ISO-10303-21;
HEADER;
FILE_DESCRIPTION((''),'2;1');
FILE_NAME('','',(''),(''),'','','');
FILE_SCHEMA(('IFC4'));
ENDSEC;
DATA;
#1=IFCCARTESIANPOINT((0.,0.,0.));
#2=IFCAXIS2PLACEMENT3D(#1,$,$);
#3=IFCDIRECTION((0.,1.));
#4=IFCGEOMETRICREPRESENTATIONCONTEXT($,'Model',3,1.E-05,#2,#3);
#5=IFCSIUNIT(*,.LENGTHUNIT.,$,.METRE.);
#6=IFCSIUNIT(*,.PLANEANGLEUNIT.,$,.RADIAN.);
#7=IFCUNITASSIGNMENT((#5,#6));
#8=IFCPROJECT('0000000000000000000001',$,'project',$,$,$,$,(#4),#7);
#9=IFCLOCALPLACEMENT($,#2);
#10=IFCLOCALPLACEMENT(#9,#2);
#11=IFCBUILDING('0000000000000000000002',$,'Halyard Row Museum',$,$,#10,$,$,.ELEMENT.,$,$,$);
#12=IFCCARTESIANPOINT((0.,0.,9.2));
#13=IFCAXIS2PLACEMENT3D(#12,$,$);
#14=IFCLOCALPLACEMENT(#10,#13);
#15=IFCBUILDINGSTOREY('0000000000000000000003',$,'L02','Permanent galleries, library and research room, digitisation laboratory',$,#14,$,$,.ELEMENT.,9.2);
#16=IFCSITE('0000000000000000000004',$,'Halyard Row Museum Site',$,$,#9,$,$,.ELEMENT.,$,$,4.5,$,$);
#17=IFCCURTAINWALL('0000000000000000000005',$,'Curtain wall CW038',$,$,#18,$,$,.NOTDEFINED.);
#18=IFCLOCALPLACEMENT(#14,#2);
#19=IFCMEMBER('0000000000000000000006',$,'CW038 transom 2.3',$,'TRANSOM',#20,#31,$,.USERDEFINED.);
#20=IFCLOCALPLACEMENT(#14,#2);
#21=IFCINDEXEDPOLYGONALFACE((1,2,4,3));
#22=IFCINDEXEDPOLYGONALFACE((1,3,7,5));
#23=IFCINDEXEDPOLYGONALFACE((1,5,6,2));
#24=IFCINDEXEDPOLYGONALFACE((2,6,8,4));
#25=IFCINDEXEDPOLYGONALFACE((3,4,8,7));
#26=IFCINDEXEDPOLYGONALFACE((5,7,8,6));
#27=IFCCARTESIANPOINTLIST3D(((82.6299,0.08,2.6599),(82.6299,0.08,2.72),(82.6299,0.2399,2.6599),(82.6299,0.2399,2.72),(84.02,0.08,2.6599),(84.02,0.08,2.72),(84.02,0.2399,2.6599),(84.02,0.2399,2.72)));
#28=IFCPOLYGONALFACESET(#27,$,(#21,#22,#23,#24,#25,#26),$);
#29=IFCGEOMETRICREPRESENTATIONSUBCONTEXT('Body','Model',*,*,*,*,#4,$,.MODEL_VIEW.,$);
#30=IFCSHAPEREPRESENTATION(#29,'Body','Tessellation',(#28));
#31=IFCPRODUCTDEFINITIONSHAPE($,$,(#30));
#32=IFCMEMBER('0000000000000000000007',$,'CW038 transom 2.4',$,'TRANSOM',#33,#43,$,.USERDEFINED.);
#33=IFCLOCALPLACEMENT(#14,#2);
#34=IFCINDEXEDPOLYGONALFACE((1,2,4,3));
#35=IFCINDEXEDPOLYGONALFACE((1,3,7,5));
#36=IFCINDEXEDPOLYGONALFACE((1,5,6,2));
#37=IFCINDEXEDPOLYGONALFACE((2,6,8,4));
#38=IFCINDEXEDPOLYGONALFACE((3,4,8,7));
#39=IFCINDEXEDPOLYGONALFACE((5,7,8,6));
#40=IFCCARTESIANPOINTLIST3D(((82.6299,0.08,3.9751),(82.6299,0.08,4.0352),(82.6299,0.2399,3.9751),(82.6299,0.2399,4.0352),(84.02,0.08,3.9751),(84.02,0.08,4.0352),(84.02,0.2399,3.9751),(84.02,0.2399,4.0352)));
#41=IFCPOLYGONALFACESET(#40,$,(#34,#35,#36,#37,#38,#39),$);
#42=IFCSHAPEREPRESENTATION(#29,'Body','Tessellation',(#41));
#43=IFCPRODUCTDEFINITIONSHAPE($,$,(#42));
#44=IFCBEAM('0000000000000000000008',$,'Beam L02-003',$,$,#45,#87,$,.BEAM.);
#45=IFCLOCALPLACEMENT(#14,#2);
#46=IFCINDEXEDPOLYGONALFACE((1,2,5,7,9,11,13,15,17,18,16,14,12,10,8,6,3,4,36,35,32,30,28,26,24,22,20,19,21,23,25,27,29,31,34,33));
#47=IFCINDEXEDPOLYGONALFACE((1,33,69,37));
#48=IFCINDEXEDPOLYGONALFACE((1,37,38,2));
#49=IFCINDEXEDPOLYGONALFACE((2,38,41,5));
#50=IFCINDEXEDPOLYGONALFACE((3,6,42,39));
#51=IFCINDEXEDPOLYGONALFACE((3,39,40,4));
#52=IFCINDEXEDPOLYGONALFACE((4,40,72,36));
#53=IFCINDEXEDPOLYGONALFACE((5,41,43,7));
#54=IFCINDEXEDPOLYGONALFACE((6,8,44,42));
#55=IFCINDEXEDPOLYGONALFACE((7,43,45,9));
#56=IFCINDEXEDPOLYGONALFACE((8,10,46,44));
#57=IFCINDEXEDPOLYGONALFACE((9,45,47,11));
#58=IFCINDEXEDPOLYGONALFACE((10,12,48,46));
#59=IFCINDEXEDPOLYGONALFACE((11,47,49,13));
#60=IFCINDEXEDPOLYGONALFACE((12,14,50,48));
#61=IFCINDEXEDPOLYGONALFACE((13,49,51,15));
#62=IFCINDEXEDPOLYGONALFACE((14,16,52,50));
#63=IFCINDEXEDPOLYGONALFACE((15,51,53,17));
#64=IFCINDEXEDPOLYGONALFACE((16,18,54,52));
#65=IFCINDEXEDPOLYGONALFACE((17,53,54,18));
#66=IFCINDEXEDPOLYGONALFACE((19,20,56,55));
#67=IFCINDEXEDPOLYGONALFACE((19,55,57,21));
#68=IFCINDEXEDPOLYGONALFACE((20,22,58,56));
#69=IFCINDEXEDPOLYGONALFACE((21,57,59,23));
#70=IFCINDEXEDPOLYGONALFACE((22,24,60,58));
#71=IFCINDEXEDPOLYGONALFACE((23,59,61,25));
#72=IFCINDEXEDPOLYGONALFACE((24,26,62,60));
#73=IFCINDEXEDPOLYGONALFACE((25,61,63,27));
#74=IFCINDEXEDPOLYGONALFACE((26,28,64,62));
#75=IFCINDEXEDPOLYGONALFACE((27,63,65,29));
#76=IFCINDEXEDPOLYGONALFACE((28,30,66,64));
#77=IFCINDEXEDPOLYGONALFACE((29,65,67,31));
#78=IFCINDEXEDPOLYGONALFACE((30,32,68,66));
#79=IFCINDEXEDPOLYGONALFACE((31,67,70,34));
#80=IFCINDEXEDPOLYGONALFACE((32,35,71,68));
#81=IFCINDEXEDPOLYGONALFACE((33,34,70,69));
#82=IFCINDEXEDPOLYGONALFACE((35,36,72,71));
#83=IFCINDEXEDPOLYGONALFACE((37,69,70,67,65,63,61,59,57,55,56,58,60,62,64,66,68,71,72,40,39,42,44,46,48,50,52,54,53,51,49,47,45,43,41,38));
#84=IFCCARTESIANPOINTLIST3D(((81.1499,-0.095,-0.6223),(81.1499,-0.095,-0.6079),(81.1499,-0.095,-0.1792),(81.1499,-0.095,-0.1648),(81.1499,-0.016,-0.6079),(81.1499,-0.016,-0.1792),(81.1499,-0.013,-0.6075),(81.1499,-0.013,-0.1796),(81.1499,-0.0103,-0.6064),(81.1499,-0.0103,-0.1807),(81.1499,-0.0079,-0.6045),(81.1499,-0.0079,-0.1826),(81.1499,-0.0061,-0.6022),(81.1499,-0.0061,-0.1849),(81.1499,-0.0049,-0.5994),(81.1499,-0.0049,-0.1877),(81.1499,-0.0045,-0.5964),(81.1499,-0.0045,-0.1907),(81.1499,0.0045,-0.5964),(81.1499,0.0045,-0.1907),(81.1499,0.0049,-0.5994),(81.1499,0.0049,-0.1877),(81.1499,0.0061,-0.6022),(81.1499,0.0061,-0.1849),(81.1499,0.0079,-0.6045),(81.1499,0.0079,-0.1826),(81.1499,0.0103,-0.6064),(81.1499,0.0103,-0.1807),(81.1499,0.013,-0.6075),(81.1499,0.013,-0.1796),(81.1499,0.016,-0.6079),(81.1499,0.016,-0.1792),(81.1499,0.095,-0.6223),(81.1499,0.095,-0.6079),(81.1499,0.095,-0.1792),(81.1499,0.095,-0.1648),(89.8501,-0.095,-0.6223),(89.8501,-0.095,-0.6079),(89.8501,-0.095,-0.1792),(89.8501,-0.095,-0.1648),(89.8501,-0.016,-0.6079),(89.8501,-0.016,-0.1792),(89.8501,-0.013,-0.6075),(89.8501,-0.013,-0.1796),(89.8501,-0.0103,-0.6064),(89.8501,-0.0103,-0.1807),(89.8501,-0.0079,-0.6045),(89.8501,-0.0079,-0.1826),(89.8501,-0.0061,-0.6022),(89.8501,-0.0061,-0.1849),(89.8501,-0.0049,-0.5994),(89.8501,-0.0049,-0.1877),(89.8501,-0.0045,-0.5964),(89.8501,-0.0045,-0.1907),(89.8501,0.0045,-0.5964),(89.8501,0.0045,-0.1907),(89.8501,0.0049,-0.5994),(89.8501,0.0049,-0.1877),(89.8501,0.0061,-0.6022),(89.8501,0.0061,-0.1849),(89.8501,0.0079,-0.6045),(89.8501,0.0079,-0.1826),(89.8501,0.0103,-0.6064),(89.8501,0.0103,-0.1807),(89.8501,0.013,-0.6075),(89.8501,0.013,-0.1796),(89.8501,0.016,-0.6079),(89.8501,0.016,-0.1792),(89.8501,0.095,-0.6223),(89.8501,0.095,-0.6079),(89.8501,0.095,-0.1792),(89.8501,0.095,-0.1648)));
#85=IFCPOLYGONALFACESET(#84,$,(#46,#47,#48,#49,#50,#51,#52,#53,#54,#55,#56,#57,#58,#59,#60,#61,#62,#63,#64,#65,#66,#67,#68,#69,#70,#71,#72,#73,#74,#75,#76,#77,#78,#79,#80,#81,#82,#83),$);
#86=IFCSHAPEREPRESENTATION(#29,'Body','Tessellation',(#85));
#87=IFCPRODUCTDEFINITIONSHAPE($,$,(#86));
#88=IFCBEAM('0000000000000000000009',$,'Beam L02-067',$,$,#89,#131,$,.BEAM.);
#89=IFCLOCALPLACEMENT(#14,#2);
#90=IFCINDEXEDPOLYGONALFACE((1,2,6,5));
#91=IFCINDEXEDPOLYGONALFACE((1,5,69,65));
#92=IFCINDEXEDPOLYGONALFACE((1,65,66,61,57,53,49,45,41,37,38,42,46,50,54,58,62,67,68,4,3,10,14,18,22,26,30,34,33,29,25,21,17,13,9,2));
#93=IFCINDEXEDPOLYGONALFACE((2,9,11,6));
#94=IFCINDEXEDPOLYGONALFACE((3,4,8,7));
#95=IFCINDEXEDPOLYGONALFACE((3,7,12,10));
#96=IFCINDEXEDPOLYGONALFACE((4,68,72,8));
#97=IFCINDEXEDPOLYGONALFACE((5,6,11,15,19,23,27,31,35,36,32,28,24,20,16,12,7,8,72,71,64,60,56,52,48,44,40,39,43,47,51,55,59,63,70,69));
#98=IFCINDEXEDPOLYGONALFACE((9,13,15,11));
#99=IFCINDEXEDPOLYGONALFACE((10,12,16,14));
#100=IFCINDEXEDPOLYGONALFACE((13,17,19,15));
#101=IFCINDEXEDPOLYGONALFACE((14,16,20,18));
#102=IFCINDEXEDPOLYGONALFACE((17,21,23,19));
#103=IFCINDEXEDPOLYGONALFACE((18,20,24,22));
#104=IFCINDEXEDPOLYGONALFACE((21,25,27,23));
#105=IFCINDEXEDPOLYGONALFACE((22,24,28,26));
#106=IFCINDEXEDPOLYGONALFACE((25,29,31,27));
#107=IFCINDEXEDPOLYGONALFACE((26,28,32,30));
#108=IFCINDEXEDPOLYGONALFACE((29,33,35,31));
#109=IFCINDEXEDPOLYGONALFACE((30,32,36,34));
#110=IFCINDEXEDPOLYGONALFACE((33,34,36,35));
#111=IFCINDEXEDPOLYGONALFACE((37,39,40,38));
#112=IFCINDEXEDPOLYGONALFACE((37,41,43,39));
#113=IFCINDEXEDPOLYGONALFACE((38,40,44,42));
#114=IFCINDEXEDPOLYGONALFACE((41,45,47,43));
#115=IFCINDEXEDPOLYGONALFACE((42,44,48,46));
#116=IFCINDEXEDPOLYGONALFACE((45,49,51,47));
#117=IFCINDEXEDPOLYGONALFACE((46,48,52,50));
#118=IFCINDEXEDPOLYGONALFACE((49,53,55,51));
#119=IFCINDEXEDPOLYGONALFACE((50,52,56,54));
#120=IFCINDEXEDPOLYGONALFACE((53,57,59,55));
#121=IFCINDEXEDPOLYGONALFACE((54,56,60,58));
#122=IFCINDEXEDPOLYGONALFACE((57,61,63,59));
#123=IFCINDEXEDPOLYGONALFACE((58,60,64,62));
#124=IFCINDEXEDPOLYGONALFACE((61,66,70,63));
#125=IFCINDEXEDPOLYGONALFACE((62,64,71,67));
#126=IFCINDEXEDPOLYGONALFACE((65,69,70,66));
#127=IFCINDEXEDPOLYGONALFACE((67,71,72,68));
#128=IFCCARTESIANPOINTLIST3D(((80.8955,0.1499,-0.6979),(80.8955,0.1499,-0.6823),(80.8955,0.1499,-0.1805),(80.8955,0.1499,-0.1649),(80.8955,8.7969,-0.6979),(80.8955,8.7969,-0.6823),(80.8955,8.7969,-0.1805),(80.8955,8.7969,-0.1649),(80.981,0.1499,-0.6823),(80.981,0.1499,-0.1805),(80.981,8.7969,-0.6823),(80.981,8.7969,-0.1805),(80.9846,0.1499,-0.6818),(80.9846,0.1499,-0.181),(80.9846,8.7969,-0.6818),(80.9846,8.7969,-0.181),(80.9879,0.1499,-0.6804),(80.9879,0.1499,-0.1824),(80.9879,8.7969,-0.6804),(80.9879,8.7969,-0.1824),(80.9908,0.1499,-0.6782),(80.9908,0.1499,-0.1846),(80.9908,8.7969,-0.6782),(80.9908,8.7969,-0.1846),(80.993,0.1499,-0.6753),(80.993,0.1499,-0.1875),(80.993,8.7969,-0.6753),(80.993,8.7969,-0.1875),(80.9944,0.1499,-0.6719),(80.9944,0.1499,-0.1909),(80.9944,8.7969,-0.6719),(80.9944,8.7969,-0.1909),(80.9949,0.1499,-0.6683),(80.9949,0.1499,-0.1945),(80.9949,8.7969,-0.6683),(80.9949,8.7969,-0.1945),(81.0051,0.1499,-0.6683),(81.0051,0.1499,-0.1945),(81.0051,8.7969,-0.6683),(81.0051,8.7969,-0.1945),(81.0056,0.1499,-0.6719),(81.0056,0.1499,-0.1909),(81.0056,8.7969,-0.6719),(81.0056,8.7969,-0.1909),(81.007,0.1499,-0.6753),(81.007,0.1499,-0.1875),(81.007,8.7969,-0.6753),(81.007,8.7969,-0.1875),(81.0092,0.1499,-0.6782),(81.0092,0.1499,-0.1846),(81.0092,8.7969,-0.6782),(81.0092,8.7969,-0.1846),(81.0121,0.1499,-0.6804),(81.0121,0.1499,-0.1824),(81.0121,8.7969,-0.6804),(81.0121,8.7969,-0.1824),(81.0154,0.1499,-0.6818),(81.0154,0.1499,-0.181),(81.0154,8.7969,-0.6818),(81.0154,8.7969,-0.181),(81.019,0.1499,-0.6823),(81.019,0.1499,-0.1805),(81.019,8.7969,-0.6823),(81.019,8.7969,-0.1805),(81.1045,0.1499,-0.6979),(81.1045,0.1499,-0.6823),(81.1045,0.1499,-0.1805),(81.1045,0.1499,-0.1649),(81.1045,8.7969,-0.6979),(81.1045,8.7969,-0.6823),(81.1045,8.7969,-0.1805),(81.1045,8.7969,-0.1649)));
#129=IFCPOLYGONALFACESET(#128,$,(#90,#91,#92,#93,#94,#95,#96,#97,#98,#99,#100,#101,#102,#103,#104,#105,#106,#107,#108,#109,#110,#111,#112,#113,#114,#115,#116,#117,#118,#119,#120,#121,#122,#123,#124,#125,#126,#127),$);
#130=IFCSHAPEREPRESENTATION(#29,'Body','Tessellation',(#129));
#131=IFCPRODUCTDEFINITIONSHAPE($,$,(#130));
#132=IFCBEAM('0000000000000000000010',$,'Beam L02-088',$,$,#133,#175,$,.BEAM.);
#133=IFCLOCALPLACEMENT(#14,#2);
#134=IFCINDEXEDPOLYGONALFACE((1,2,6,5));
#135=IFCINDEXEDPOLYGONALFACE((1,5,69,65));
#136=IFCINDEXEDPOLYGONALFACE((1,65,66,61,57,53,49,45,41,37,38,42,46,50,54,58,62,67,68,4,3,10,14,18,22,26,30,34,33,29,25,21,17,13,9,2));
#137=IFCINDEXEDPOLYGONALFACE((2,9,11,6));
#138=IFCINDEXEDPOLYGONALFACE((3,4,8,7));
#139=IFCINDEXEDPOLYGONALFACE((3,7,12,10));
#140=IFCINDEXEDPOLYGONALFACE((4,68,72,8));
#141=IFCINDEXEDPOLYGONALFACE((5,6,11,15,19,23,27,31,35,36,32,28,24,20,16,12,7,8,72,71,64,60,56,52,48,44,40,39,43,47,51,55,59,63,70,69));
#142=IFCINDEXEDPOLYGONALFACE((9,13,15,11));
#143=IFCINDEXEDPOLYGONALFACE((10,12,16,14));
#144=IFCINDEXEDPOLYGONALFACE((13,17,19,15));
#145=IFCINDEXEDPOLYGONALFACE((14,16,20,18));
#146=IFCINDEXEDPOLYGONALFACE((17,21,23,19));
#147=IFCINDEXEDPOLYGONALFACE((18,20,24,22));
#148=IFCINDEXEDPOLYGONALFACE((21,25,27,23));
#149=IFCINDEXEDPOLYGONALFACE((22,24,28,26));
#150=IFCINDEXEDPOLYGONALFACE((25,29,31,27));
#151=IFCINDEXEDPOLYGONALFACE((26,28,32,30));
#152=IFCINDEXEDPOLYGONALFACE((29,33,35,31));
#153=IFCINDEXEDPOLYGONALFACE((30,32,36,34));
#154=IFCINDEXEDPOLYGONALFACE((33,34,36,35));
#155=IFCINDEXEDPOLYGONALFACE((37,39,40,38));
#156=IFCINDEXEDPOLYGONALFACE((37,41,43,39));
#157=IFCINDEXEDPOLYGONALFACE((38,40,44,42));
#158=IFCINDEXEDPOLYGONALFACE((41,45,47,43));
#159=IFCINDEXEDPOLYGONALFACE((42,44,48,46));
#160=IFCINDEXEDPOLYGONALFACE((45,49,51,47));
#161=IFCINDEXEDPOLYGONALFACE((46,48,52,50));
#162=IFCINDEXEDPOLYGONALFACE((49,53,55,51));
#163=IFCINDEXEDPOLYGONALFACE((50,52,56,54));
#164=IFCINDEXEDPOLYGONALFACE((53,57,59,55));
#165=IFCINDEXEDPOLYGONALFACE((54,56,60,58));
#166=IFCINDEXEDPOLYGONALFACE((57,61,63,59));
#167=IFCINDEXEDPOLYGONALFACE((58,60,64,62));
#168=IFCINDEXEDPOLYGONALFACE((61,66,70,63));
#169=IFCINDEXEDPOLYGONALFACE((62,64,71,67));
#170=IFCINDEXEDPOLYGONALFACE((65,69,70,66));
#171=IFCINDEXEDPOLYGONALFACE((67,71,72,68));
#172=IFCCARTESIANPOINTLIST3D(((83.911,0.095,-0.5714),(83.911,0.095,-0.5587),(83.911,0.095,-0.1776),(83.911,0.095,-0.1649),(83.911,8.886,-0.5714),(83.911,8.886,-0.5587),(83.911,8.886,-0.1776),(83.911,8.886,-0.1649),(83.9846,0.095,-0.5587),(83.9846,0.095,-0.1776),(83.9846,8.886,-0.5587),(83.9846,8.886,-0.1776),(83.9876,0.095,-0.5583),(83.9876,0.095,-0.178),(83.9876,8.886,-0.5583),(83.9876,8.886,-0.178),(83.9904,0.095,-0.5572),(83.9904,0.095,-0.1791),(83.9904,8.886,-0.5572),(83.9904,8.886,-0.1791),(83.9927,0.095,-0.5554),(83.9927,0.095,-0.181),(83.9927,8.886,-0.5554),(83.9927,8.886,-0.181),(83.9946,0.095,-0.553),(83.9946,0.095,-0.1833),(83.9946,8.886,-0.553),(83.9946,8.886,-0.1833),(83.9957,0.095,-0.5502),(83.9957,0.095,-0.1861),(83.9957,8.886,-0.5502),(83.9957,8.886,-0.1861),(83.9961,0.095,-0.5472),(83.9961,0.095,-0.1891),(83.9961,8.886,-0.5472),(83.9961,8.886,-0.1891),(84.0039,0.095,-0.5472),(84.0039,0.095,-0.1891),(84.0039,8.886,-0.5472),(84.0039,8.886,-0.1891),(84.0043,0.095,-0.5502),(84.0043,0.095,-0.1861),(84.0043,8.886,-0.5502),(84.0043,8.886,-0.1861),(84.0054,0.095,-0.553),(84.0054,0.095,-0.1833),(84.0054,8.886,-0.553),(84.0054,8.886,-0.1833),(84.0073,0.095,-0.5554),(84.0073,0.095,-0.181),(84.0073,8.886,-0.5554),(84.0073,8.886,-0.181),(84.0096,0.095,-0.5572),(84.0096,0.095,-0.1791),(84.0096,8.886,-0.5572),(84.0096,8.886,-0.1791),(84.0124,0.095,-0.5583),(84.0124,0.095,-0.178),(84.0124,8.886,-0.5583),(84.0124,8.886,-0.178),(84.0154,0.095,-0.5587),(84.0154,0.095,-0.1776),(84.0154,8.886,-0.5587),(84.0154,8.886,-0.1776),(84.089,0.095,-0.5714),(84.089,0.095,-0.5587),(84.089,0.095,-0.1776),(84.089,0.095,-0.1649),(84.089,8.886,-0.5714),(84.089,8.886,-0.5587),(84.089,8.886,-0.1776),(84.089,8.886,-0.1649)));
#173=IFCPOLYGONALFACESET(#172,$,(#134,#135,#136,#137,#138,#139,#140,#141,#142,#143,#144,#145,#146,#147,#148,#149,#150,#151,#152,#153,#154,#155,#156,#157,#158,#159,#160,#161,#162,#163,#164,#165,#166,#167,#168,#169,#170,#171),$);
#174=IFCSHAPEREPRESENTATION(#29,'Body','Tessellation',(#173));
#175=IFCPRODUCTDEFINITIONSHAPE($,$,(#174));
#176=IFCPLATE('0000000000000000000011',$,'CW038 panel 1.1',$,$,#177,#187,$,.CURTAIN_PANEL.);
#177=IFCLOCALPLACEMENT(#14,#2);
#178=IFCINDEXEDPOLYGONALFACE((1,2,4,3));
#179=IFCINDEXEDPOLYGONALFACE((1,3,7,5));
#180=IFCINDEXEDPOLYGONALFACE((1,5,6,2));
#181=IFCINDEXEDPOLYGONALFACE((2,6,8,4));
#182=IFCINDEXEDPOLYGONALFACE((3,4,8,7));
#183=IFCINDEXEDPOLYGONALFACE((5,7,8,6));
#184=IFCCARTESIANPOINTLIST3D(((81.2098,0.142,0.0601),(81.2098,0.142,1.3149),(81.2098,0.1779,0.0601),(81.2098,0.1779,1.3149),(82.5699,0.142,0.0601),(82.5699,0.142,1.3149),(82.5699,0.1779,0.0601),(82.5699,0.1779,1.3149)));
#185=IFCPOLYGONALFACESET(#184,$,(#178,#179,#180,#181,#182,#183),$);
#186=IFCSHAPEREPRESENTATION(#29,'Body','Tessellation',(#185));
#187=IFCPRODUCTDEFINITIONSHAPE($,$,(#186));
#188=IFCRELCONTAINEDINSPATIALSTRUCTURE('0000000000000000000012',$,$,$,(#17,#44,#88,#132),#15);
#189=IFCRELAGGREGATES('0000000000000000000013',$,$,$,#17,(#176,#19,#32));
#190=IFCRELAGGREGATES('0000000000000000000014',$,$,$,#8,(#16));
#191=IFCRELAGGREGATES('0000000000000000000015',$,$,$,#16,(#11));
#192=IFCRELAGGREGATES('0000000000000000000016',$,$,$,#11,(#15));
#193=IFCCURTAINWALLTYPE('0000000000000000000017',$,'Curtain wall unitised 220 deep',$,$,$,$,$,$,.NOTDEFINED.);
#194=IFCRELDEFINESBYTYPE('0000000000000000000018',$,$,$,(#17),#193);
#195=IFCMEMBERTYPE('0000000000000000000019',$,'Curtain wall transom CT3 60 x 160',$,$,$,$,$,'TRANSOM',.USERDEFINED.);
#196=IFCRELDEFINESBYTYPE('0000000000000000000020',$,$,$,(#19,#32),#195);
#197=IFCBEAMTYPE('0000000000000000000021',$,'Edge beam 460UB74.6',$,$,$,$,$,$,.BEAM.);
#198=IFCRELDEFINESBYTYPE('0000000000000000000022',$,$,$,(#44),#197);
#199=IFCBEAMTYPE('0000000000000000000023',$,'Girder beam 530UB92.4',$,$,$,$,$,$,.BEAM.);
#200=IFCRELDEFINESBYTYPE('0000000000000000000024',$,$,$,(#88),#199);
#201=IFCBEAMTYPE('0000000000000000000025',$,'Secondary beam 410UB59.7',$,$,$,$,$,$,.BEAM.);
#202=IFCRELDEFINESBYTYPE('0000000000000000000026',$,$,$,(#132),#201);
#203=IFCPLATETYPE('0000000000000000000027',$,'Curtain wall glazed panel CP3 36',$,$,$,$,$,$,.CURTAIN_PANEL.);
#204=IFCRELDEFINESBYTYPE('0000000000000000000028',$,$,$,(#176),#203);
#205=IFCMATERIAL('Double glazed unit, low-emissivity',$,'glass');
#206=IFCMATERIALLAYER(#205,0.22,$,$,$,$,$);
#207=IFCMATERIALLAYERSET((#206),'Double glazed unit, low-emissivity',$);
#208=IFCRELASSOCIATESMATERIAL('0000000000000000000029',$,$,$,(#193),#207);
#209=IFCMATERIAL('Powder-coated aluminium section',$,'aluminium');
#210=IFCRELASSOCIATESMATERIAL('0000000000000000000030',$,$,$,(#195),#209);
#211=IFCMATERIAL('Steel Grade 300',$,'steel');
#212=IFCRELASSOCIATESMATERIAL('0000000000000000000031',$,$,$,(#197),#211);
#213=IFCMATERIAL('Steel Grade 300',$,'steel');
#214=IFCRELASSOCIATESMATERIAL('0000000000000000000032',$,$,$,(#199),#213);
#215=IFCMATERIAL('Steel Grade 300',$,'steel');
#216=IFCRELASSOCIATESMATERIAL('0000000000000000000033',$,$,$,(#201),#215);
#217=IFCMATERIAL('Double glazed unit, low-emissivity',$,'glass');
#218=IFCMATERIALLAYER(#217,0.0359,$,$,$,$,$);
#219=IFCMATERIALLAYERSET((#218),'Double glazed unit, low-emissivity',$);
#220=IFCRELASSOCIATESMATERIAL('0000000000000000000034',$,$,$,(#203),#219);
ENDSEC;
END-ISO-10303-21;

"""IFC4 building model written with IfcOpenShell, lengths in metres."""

from ifc_helpers import new_model, si_unit, direction, frame, origin, origin_2d, place, context, subcontext, project, spatial, rectangle, i_section, extrude, material, layer, layer_set, material_profile, profile_set, type_object, element, aggregate, save


model = new_model("IFC4")

# Units and contexts
model_context = context("Model", 3, precision=1e-05, world=origin(), true_north=direction((0.0, 1.0)))
body_context = subcontext(model_context, "Body", "Model", "MODEL_VIEW")
ifc_project = project(units=[si_unit("LENGTHUNIT", "METRE"), si_unit("PLANEANGLEUNIT", "RADIAN")], contexts=[model_context])

# Site, building, storey
site_placement = place(None, origin())
site = spatial("IfcSite", under=ifc_project, at=site_placement, Name="Halyard Row Museum Site", CompositionType="ELEMENT", RefElevation=4.5)
building_placement = place(site_placement, origin())
building = spatial("IfcBuilding", under=site, at=building_placement, Name="Halyard Row Museum", CompositionType="ELEMENT")
storey_placement = place(building_placement, frame((0.0, 0.0, 9.2)))
storey = spatial("IfcBuildingStorey", under=building, at=storey_placement, Name="L02", Description="Permanent galleries, library and research room, digitisation laboratory", CompositionType="ELEMENT", Elevation=9.2)

# Shared definitions
ifc_material_1 = material(Name="Double glazed unit, low-emissivity", Category="glass")
ifc_layer_1 = layer(ifc_material_1, 0.22)
ifc_layer_set_1 = layer_set([ifc_layer_1], Name="Double glazed unit, low-emissivity")
curtain_wall_type = type_object("IfcCurtainWallType", Name="Curtain wall unitised 220 deep", PredefinedType="NOTDEFINED", material=ifc_layer_set_1)

# Curtain wall, members
curtain_wall_1_placement = place(storey_placement, origin())
curtain_wall_1 = element("IfcCurtainWall", 1, at=curtain_wall_1_placement, inside=storey, type_object=curtain_wall_type, Name="Curtain wall CW038", PredefinedType="NOTDEFINED")
ifc_material_2 = material(Name="Powder-coated aluminium section", Category="aluminium")
ifc_material_profile_1 = material_profile(ifc_material_2, rectangle(XDim=0.1599, YDim=0.0601, at=origin_2d()), Name="160x60 transom")
ifc_profile_set_1 = profile_set([ifc_material_profile_1], Name="Powder-coated aluminium section")
member_type_1 = type_object("IfcMemberType", Name="Curtain wall transom CT3 60 x 160", ElementType="TRANSOM", PredefinedType="USERDEFINED", material=ifc_profile_set_1)
member_1_placement = place(storey_placement, frame((82.6299, 0.1599, 2.6899), z_axis=(1.0, 0.0, 0.0), x_axis=(0.0, 1.0, 0.0)))
member_1 = element("IfcMember", 2, at=member_1_placement, type_object=member_type_1, Name="CW038 transom 2.3", ObjectType="TRANSOM", PredefinedType="USERDEFINED", context=body_context, shape_type="SweptSolid", body=[
    extrude(rectangle(XDim=0.1599, YDim=0.0601, at=origin_2d()), origin(), (0.0, 0.0, 1.0), 1.3901),
])
member_2_placement = place(storey_placement, frame((82.6299, 0.1599, 4.0051), z_axis=(1.0, 0.0, 0.0), x_axis=(0.0, 1.0, 0.0)))
member_2 = element("IfcMember", 3, at=member_2_placement, type_object=member_type_1, Name="CW038 transom 2.4", ObjectType="TRANSOM", PredefinedType="USERDEFINED", context=body_context, shape_type="SweptSolid", body=[
    extrude(rectangle(XDim=0.1599, YDim=0.0601, at=origin_2d()), origin(), (0.0, 0.0, 1.0), 1.3901),
])

# Beams
ifc_material_3 = material(Name="Steel Grade 300", Category="steel")
ifc_material_profile_2 = material_profile(ifc_material_3, i_section(OverallWidth=0.1899, OverallDepth=0.4575, WebThickness=0.009, FlangeThickness=0.0144, FilletRadius=0.0115, at=origin_2d()), Name="460UB74.6")
ifc_profile_set_2 = profile_set([ifc_material_profile_2], Name="Steel Grade 300")
beam_type_1 = type_object("IfcBeamType", Name="Edge beam 460UB74.6", PredefinedType="BEAM", material=ifc_profile_set_2)
beam_1_placement = place(storey_placement, frame((81.1499, 0.0, -0.3936), z_axis=(1.0, 0.0, 0.0), x_axis=(0.0, 1.0, 0.0)))
element("IfcBeam", 4, at=beam_1_placement, inside=storey, type_object=beam_type_1, Name="Beam L02-003", PredefinedType="BEAM", context=body_context, shape_type="SweptSolid", body=[
    extrude(i_section(OverallWidth=0.1899, OverallDepth=0.4575, WebThickness=0.009, FlangeThickness=0.0144, FilletRadius=0.0115, at=origin_2d()), origin(), (0.0, 0.0, 1.0), 8.7002),
])
ifc_material_4 = material(Name="Steel Grade 300", Category="steel")
ifc_material_profile_3 = material_profile(ifc_material_4, i_section(OverallWidth=0.209, OverallDepth=0.533, WebThickness=0.0103, FlangeThickness=0.0156, FilletRadius=0.0139, at=origin_2d()), Name="530UB92.4")
ifc_profile_set_3 = profile_set([ifc_material_profile_3], Name="Steel Grade 300")
beam_type_2 = type_object("IfcBeamType", Name="Girder beam 530UB92.4", PredefinedType="BEAM", material=ifc_profile_set_3)
beam_2_placement = place(storey_placement, frame((81.0, 0.1499, -0.4314), z_axis=(0.0, 1.0, 0.0), x_axis=(-1.0, 0.0, 0.0)))
element("IfcBeam", 5, at=beam_2_placement, inside=storey, type_object=beam_type_2, Name="Beam L02-067", PredefinedType="BEAM", context=body_context, shape_type="SweptSolid", body=[
    extrude(i_section(OverallWidth=0.209, OverallDepth=0.533, WebThickness=0.0103, FlangeThickness=0.0156, FilletRadius=0.0139, at=origin_2d()), origin(), (0.0, 0.0, 1.0), 8.647),
])
ifc_material_5 = material(Name="Steel Grade 300", Category="steel")
ifc_material_profile_4 = material_profile(ifc_material_5, i_section(OverallWidth=0.178, OverallDepth=0.4065, WebThickness=0.0078, FlangeThickness=0.0127, FilletRadius=0.0115, at=origin_2d()), Name="410UB59.7")
ifc_profile_set_4 = profile_set([ifc_material_profile_4], Name="Steel Grade 300")
beam_type_3 = type_object("IfcBeamType", Name="Secondary beam 410UB59.7", PredefinedType="BEAM", material=ifc_profile_set_4)
beam_3_placement = place(storey_placement, frame((84.0, 0.095, -0.3682), z_axis=(0.0, 1.0, 0.0), x_axis=(-1.0, 0.0, 0.0)))
element("IfcBeam", 6, at=beam_3_placement, inside=storey, type_object=beam_type_3, Name="Beam L02-088", PredefinedType="BEAM", context=body_context, shape_type="SweptSolid", body=[
    extrude(i_section(OverallWidth=0.178, OverallDepth=0.4065, WebThickness=0.0078, FlangeThickness=0.0127, FilletRadius=0.0115, at=origin_2d()), origin(), (0.0, 0.0, 1.0), 8.791),
])

# Plate
ifc_material_6 = material(Name="Double glazed unit, low-emissivity", Category="glass")
ifc_layer_2 = layer(ifc_material_6, 0.0359)
ifc_layer_set_2 = layer_set([ifc_layer_2], Name="Double glazed unit, low-emissivity")
plate_type = type_object("IfcPlateType", Name="Curtain wall glazed panel CP3 36", PredefinedType="CURTAIN_PANEL", material=ifc_layer_set_2)
plate_1_placement = place(storey_placement, frame((81.8899, 0.1599, 0.0601), z_axis=(0.0, 0.0, 1.0), x_axis=(1.0, 0.0, 0.0)))
plate_1 = element("IfcPlate", 7, at=plate_1_placement, type_object=plate_type, Name="CW038 panel 1.1", PredefinedType="CURTAIN_PANEL", context=body_context, shape_type="SweptSolid", body=[
    extrude(rectangle(XDim=1.3601, YDim=0.0359, at=origin_2d()), origin(), (0.0, 0.0, 1.0), 1.2549),
])
aggregate(curtain_wall_1, [plate_1, member_1, member_2])

save(model, "model.ifc")
